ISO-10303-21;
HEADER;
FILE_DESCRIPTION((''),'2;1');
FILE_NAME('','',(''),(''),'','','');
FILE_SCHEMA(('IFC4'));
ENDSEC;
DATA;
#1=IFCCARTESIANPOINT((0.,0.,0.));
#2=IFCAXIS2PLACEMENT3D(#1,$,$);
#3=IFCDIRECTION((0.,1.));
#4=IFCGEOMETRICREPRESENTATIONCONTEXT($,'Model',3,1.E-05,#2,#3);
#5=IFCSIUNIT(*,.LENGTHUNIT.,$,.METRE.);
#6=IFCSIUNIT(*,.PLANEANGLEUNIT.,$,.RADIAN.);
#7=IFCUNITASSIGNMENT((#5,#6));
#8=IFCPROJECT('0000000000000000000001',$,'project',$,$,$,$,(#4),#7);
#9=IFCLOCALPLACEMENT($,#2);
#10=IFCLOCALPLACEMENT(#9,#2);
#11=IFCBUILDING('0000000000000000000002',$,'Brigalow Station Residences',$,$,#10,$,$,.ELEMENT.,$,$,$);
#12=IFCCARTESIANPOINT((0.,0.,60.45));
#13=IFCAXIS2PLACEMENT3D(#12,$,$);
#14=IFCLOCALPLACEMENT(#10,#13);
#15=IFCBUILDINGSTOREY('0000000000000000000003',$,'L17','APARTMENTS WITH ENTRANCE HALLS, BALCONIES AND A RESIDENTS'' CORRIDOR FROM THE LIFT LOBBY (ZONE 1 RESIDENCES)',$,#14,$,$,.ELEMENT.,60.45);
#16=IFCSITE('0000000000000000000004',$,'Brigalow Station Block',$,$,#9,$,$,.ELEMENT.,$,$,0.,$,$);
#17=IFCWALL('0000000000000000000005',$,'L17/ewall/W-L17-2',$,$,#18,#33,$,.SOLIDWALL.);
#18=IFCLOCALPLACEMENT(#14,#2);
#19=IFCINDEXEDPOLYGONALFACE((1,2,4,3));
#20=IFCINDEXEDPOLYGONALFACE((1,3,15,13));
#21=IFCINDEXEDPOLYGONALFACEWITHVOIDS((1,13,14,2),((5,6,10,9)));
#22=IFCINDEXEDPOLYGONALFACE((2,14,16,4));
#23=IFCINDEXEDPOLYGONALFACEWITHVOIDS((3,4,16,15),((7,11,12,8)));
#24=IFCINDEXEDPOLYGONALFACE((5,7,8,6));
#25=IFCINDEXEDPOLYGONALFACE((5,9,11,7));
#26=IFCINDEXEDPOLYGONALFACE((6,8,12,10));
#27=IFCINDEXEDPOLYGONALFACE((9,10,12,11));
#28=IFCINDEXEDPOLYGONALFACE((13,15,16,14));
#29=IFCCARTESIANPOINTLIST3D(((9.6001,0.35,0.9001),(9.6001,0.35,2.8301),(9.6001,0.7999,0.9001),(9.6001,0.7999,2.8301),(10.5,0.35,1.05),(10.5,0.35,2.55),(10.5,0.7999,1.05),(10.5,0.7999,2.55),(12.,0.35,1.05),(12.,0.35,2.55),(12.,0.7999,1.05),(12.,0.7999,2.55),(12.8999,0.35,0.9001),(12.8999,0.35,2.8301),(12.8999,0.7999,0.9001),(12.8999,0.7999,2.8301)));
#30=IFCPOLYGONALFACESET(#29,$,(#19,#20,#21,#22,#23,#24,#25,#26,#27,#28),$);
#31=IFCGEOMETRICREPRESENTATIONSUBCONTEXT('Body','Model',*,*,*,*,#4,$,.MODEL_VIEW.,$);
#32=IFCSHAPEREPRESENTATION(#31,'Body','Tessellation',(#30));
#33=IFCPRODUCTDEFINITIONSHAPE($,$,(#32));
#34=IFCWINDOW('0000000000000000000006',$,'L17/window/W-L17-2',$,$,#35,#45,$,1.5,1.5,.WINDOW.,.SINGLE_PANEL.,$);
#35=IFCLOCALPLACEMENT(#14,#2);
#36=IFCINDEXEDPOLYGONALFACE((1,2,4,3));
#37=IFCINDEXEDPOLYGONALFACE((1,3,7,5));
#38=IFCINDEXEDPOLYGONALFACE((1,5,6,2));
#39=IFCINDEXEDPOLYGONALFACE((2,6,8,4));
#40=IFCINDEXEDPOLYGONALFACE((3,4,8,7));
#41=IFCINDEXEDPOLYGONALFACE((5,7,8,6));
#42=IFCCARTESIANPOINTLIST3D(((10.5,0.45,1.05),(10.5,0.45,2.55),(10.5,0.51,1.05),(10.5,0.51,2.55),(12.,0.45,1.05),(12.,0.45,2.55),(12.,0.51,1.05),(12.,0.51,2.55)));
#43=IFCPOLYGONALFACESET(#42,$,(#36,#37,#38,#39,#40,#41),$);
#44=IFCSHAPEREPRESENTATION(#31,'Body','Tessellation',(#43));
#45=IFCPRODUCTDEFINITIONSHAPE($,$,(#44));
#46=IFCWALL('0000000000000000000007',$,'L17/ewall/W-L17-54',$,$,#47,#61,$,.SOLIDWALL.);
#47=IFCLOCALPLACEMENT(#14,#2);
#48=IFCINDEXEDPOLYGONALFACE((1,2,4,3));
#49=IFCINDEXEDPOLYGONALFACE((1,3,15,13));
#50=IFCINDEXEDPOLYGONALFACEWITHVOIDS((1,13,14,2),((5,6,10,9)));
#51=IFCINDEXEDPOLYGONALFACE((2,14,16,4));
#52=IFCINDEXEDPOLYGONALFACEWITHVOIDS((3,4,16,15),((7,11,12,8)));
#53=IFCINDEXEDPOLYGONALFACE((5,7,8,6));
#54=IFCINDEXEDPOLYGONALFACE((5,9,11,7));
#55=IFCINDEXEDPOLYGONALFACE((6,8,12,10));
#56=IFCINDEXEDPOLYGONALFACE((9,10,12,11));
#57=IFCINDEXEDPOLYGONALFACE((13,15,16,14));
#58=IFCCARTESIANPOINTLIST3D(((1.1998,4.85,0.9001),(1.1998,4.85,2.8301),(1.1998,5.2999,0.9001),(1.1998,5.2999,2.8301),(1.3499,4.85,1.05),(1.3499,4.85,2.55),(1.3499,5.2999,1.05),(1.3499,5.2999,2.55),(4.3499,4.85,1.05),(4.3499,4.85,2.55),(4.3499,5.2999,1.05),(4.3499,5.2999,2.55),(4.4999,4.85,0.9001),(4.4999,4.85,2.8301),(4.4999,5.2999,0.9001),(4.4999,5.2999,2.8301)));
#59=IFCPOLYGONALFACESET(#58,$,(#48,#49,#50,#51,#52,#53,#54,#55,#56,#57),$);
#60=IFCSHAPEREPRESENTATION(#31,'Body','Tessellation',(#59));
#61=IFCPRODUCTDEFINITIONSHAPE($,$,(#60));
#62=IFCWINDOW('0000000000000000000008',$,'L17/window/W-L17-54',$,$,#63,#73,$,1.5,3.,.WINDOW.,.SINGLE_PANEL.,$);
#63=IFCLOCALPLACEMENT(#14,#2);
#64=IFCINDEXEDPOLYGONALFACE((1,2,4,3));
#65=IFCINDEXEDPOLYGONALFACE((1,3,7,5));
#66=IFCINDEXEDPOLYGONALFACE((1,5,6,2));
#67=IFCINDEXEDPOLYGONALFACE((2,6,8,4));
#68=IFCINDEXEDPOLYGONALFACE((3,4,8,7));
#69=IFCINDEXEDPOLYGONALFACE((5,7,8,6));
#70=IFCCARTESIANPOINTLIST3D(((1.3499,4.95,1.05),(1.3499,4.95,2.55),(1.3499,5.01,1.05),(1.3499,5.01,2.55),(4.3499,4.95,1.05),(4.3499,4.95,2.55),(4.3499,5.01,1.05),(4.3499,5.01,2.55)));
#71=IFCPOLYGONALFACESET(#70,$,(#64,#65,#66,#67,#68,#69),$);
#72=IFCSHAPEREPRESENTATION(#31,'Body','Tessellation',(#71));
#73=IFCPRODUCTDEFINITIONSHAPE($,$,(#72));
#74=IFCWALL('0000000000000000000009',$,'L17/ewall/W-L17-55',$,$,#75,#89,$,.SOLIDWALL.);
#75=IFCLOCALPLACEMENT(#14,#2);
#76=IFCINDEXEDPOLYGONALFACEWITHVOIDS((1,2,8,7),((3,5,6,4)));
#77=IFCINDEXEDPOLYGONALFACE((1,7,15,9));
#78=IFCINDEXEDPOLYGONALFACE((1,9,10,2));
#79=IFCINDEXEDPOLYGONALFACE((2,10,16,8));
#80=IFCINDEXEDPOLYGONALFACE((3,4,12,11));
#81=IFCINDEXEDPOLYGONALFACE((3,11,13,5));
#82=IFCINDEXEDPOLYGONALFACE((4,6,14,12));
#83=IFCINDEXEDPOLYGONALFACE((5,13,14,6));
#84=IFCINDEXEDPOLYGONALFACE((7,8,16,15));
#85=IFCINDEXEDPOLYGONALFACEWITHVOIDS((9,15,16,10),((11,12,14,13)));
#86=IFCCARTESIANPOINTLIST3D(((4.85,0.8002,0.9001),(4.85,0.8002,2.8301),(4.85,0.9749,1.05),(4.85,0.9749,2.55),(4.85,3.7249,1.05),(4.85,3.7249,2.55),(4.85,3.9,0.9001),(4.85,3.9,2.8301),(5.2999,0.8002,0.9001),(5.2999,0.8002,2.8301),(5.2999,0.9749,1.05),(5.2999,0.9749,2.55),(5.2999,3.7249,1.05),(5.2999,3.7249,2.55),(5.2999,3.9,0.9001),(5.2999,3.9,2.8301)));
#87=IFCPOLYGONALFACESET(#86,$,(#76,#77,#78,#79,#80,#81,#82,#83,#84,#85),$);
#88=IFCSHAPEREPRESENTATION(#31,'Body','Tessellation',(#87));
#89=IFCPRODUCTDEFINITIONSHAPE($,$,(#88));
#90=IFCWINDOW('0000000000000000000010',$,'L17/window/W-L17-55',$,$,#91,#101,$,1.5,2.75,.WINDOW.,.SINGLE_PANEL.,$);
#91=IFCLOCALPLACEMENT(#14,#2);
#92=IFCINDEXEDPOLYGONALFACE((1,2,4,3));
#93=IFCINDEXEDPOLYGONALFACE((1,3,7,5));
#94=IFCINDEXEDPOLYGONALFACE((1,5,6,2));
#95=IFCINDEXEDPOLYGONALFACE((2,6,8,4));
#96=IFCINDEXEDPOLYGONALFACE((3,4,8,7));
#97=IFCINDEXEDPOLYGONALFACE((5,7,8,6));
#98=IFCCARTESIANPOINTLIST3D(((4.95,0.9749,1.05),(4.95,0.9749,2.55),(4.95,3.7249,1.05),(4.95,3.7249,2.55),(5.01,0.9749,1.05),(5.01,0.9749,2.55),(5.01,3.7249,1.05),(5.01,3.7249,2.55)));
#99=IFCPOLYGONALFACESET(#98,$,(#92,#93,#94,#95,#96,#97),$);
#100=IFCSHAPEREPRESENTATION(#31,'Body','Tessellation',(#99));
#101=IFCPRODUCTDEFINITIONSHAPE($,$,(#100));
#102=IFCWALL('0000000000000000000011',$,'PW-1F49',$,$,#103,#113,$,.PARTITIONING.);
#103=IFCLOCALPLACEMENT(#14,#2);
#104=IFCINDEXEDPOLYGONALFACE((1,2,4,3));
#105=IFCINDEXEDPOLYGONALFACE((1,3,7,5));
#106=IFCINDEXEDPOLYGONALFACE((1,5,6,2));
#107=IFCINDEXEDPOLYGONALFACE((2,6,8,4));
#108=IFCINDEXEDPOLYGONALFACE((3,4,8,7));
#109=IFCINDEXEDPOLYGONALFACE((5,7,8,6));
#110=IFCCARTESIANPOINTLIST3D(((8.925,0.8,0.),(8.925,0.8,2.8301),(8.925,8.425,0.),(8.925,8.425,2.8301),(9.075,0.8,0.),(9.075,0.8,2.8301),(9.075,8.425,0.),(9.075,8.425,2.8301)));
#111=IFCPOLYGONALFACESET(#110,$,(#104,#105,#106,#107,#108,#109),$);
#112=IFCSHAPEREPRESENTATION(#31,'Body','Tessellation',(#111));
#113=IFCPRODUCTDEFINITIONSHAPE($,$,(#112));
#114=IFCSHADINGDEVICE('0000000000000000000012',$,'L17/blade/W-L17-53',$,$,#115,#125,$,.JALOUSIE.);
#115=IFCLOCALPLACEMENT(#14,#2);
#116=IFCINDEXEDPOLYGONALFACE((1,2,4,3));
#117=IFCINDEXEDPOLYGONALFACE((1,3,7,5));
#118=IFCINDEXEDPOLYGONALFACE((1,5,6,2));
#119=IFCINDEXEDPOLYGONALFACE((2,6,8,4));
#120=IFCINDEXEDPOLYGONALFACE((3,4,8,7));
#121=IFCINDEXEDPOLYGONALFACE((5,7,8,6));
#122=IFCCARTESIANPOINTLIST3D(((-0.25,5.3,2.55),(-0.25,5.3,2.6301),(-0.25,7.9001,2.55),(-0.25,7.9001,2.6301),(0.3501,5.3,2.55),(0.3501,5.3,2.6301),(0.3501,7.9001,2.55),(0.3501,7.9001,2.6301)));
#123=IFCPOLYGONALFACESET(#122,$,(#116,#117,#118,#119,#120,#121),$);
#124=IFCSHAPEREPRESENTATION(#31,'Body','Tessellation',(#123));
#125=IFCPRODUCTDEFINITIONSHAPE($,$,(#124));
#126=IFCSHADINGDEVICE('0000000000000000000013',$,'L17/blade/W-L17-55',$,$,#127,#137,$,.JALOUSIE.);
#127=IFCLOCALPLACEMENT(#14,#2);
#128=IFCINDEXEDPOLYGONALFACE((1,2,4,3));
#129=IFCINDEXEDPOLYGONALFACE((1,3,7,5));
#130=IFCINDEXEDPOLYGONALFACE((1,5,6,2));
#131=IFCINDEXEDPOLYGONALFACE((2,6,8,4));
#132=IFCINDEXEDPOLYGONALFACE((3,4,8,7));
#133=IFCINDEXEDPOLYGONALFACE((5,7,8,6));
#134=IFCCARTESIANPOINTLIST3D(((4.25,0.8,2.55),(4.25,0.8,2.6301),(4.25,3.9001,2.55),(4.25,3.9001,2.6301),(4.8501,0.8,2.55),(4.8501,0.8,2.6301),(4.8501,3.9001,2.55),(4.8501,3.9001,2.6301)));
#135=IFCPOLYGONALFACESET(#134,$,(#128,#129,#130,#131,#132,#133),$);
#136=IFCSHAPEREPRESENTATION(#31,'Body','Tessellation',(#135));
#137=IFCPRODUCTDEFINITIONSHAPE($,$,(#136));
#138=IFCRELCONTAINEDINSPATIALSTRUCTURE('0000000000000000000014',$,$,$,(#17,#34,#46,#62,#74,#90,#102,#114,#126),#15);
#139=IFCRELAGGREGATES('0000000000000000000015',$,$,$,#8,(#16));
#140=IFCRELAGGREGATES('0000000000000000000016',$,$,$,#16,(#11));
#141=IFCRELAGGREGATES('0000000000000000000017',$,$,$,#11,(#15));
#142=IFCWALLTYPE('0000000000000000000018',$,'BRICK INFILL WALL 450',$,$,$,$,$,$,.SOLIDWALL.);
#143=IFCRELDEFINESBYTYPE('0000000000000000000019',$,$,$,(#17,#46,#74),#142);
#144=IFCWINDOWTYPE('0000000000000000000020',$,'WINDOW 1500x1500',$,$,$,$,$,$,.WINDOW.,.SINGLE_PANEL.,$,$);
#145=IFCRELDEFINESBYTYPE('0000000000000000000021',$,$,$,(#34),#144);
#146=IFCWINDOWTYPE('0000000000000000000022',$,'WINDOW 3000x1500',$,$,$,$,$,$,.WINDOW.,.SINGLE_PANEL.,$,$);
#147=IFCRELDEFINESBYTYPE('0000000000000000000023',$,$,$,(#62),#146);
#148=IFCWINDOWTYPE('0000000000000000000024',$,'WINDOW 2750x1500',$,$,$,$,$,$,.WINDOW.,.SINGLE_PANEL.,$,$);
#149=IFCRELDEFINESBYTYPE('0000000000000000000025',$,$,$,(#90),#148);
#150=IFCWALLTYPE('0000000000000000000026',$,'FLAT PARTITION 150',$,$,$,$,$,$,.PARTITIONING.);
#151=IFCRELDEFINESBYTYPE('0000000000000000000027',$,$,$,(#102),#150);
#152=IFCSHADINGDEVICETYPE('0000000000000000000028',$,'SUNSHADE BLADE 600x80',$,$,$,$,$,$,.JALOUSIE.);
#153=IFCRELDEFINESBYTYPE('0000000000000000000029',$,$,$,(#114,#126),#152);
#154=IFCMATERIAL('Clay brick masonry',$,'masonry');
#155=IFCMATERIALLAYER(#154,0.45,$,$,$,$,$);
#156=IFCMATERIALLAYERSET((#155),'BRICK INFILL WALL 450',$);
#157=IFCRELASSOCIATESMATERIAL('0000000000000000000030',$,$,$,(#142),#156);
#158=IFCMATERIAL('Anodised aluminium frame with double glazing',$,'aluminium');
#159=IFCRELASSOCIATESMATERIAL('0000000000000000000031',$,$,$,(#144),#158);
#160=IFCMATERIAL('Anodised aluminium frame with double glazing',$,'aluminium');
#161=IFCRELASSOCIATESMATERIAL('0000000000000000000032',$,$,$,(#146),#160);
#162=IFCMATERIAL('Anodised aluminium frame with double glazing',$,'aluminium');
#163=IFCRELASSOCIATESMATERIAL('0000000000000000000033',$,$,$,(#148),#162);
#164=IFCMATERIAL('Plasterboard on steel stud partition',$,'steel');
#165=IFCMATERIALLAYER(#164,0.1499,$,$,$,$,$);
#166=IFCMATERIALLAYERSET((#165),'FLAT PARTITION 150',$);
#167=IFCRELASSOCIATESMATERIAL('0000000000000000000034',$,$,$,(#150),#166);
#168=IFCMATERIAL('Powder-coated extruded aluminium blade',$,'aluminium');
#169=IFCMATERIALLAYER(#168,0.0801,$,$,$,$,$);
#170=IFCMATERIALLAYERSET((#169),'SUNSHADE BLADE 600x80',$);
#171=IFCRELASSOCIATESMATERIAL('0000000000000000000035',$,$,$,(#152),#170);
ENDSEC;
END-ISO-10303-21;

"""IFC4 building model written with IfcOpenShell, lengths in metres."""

from ifc_helpers import new_model, si_unit, direction, frame, frame_2d, origin, origin_2d, place, context, subcontext, project, spatial, rectangle, extrude, material, layer, layer_set, type_object, element, fill, save


model = new_model("IFC4")

# Units and contexts
model_context = context("Model", 3, precision=1e-05, world=origin(), true_north=direction((0.0, 1.0)))
body_context = subcontext(model_context, "Body", "Model", "MODEL_VIEW")
ifc_project = project(units=[si_unit("LENGTHUNIT", "METRE"), si_unit("PLANEANGLEUNIT", "RADIAN")], contexts=[model_context])

# Site, building, storey
site_placement = place(None, origin())
site = spatial("IfcSite", under=ifc_project, at=site_placement, Name="Brigalow Station Block", CompositionType="ELEMENT", RefElevation=0.0)
building_placement = place(site_placement, origin())
building = spatial("IfcBuilding", under=site, at=building_placement, Name="Brigalow Station Residences", CompositionType="ELEMENT")
storey_placement = place(building_placement, frame((0.0, 0.0, 60.45)))
storey = spatial("IfcBuildingStorey", under=building, at=storey_placement, Name="L17", Description="APARTMENTS WITH ENTRANCE HALLS, BALCONIES AND A RESIDENTS' CORRIDOR FROM THE LIFT LOBBY (ZONE 1 RESIDENCES)", CompositionType="ELEMENT", Elevation=60.45)

# Walls, openings, windows
ifc_material_1 = material(Name="Clay brick masonry", Category="masonry")
ifc_layer_1 = layer(ifc_material_1, 0.45)
ifc_layer_set_1 = layer_set([ifc_layer_1], Name="BRICK INFILL WALL 450")
wall_type_1 = type_object("IfcWallType", Name="BRICK INFILL WALL 450", PredefinedType="SOLIDWALL", material=ifc_layer_set_1)
ifc_material_2 = material(Name="Anodised aluminium frame with double glazing", Category="aluminium")
window_type_1 = type_object("IfcWindowType", Name="WINDOW 1500x1500", PartitioningType="SINGLE_PANEL", PredefinedType="WINDOW", material=ifc_material_2)
wall_1_placement = place(storey_placement, frame((9.6001, 0.575, 0.9001), z_axis=(0.0, 0.0, 1.0), x_axis=(1.0, 0.0, 0.0)))
wall_1 = element("IfcWall", 1, at=wall_1_placement, inside=storey, type_object=wall_type_1, Name="L17/ewall/W-L17-2", PredefinedType="SOLIDWALL", context=body_context, shape_type="SweptSolid", body=[
    extrude(rectangle(XDim=3.2998, YDim=0.45, at=frame_2d((1.6499, 0.0))), origin(), (0.0, 0.0, 1.0), 1.9299),
])
opening_1_placement = place(wall_1_placement, frame((0.8999, 0.0, 0.1499)))
opening_1 = element("IfcOpeningElement", 2, at=opening_1_placement, cuts=wall_1, PredefinedType="OPENING", context=body_context, shape_type="SweptSolid", body=[
    extrude(rectangle(XDim=1.5, YDim=1.5, at=frame_2d((0.75, 0.75))), frame((0.0, 0.2349, 0.0), z_axis=(0.0, -1.0, 0.0), x_axis=(1.0, 0.0, 0.0)), (0.0, 0.0, 1.0), 0.47),
])
window_1_placement = place(opening_1_placement, origin())
window_1 = element("IfcWindow", 3, at=window_1_placement, inside=storey, type_object=window_type_1, Name="L17/window/W-L17-2", OverallHeight=1.5, OverallWidth=1.5, PartitioningType="SINGLE_PANEL", PredefinedType="WINDOW", context=body_context, shape_type="SweptSolid", body=[
    extrude(rectangle(XDim=1.5, YDim=1.5, at=frame_2d((0.75, 0.75))), frame((0.0, -0.0649, 0.0), z_axis=(0.0, -1.0, 0.0), x_axis=(1.0, 0.0, 0.0)), (0.0, 0.0, 1.0), 0.0601),
])
fill(opening_1, window_1)
wall_2_placement = place(storey_placement, frame((1.2, 5.075, 0.9001), z_axis=(0.0, 0.0, 1.0), x_axis=(1.0, 0.0, 0.0)))
wall_2 = element("IfcWall", 4, at=wall_2_placement, inside=storey, type_object=wall_type_1, Name="L17/ewall/W-L17-54", PredefinedType="SOLIDWALL", context=body_context, shape_type="SweptSolid", body=[
    extrude(rectangle(XDim=3.3, YDim=0.45, at=frame_2d((1.6499, 0.0))), origin(), (0.0, 0.0, 1.0), 1.9299),
])
opening_2_placement = place(wall_2_placement, frame((0.1499, 0.0, 0.1499)))
opening_2 = element("IfcOpeningElement", 5, at=opening_2_placement, cuts=wall_2, PredefinedType="OPENING", context=body_context, shape_type="SweptSolid", body=[
    extrude(rectangle(XDim=3.0, YDim=1.5, at=frame_2d((1.5, 0.75))), frame((0.0, 0.2349, 0.0), z_axis=(0.0, -1.0, 0.0), x_axis=(1.0, 0.0, 0.0)), (0.0, 0.0, 1.0), 0.47),
])
ifc_material_3 = material(Name="Anodised aluminium frame with double glazing", Category="aluminium")
window_type_2 = type_object("IfcWindowType", Name="WINDOW 3000x1500", PartitioningType="SINGLE_PANEL", PredefinedType="WINDOW", material=ifc_material_3)
window_2_placement = place(opening_2_placement, origin())
window_2 = element("IfcWindow", 6, at=window_2_placement, inside=storey, type_object=window_type_2, Name="L17/window/W-L17-54", OverallHeight=1.5, OverallWidth=3.0, PartitioningType="SINGLE_PANEL", PredefinedType="WINDOW", context=body_context, shape_type="SweptSolid", body=[
    extrude(rectangle(XDim=3.0, YDim=1.5, at=frame_2d((1.5, 0.75))), frame((0.0, -0.0649, 0.0), z_axis=(0.0, -1.0, 0.0), x_axis=(1.0, 0.0, 0.0)), (0.0, 0.0, 1.0), 0.0601),
])
fill(opening_2, window_2)
wall_3_placement = place(storey_placement, frame((5.075, 3.8999, 0.9001), z_axis=(0.0, 0.0, 1.0), x_axis=(0.0, -1.0, 0.0)))
wall_3 = element("IfcWall", 7, at=wall_3_placement, inside=storey, type_object=wall_type_1, Name="L17/ewall/W-L17-55", PredefinedType="SOLIDWALL", context=body_context, shape_type="SweptSolid", body=[
    extrude(rectangle(XDim=3.0999, YDim=0.45, at=frame_2d((1.5498, 0.0))), origin(), (0.0, 0.0, 1.0), 1.9299),
])
opening_3_placement = place(wall_3_placement, frame((0.175, 0.0, 0.1499)))
opening_3 = element("IfcOpeningElement", 8, at=opening_3_placement, cuts=wall_3, PredefinedType="OPENING", context=body_context, shape_type="SweptSolid", body=[
    extrude(rectangle(XDim=2.75, YDim=1.5, at=frame_2d((1.375, 0.75))), frame((0.0, 0.2349, 0.0), z_axis=(0.0, -1.0, 0.0), x_axis=(1.0, 0.0, 0.0)), (0.0, 0.0, 1.0), 0.47),
])
ifc_material_4 = material(Name="Anodised aluminium frame with double glazing", Category="aluminium")
window_type_3 = type_object("IfcWindowType", Name="WINDOW 2750x1500", PartitioningType="SINGLE_PANEL", PredefinedType="WINDOW", material=ifc_material_4)
window_3_placement = place(opening_3_placement, origin())
window_3 = element("IfcWindow", 9, at=window_3_placement, inside=storey, type_object=window_type_3, Name="L17/window/W-L17-55", OverallHeight=1.5, OverallWidth=2.75, PartitioningType="SINGLE_PANEL", PredefinedType="WINDOW", context=body_context, shape_type="SweptSolid", body=[
    extrude(rectangle(XDim=2.75, YDim=1.5, at=frame_2d((1.375, 0.75))), frame((0.0, -0.0649, 0.0), z_axis=(0.0, -1.0, 0.0), x_axis=(1.0, 0.0, 0.0)), (0.0, 0.0, 1.0), 0.0601),
])
fill(opening_3, window_3)

# Wall
ifc_material_5 = material(Name="Plasterboard on steel stud partition", Category="steel")
ifc_layer_2 = layer(ifc_material_5, 0.1499)
ifc_layer_set_2 = layer_set([ifc_layer_2], Name="FLAT PARTITION 150")
wall_type_2 = type_object("IfcWallType", Name="FLAT PARTITION 150", PredefinedType="PARTITIONING", material=ifc_layer_set_2)
wall_4_placement = place(storey_placement, frame((9.0, 0.8, 0.0), z_axis=(0.0, 0.0, 1.0), x_axis=(0.0, 1.0, 0.0)))
element("IfcWall", 10, at=wall_4_placement, inside=storey, type_object=wall_type_2, Name="PW-1F49", PredefinedType="PARTITIONING", context=body_context, shape_type="SweptSolid", body=[
    extrude(rectangle(XDim=7.625, YDim=0.1499, at=frame_2d((3.8125, 0.0))), origin(), (0.0, 0.0, 1.0), 2.8301),
])

# Shading devices
ifc_material_6 = material(Name="Powder-coated extruded aluminium blade", Category="aluminium")
ifc_layer_3 = layer(ifc_material_6, 0.0801)
ifc_layer_set_3 = layer_set([ifc_layer_3], Name="SUNSHADE BLADE 600x80")
shading_device_type = type_object("IfcShadingDeviceType", Name="SUNSHADE BLADE 600x80", PredefinedType="JALOUSIE", material=ifc_layer_set_3)
shading_device_1_placement = place(storey_placement, frame((0.05, 6.6001, 2.55), z_axis=(0.0, 0.0, 1.0), x_axis=(0.0, -1.0, 0.0)))
element("IfcShadingDevice", 11, at=shading_device_1_placement, inside=storey, type_object=shading_device_type, Name="L17/blade/W-L17-53", PredefinedType="JALOUSIE", context=body_context, shape_type="SweptSolid", body=[
    extrude(rectangle(XDim=2.6001, YDim=0.6001, at=origin_2d()), origin(), (0.0, 0.0, 1.0), 0.0801),
])
shading_device_2_placement = place(storey_placement, frame((4.55, 2.3501, 2.55), z_axis=(0.0, 0.0, 1.0), x_axis=(0.0, -1.0, 0.0)))
element("IfcShadingDevice", 12, at=shading_device_2_placement, inside=storey, type_object=shading_device_type, Name="L17/blade/W-L17-55", PredefinedType="JALOUSIE", context=body_context, shape_type="SweptSolid", body=[
    extrude(rectangle(XDim=3.1001, YDim=0.6001, at=origin_2d()), origin(), (0.0, 0.0, 1.0), 0.0801),
])

save(model, "model.ifc")
